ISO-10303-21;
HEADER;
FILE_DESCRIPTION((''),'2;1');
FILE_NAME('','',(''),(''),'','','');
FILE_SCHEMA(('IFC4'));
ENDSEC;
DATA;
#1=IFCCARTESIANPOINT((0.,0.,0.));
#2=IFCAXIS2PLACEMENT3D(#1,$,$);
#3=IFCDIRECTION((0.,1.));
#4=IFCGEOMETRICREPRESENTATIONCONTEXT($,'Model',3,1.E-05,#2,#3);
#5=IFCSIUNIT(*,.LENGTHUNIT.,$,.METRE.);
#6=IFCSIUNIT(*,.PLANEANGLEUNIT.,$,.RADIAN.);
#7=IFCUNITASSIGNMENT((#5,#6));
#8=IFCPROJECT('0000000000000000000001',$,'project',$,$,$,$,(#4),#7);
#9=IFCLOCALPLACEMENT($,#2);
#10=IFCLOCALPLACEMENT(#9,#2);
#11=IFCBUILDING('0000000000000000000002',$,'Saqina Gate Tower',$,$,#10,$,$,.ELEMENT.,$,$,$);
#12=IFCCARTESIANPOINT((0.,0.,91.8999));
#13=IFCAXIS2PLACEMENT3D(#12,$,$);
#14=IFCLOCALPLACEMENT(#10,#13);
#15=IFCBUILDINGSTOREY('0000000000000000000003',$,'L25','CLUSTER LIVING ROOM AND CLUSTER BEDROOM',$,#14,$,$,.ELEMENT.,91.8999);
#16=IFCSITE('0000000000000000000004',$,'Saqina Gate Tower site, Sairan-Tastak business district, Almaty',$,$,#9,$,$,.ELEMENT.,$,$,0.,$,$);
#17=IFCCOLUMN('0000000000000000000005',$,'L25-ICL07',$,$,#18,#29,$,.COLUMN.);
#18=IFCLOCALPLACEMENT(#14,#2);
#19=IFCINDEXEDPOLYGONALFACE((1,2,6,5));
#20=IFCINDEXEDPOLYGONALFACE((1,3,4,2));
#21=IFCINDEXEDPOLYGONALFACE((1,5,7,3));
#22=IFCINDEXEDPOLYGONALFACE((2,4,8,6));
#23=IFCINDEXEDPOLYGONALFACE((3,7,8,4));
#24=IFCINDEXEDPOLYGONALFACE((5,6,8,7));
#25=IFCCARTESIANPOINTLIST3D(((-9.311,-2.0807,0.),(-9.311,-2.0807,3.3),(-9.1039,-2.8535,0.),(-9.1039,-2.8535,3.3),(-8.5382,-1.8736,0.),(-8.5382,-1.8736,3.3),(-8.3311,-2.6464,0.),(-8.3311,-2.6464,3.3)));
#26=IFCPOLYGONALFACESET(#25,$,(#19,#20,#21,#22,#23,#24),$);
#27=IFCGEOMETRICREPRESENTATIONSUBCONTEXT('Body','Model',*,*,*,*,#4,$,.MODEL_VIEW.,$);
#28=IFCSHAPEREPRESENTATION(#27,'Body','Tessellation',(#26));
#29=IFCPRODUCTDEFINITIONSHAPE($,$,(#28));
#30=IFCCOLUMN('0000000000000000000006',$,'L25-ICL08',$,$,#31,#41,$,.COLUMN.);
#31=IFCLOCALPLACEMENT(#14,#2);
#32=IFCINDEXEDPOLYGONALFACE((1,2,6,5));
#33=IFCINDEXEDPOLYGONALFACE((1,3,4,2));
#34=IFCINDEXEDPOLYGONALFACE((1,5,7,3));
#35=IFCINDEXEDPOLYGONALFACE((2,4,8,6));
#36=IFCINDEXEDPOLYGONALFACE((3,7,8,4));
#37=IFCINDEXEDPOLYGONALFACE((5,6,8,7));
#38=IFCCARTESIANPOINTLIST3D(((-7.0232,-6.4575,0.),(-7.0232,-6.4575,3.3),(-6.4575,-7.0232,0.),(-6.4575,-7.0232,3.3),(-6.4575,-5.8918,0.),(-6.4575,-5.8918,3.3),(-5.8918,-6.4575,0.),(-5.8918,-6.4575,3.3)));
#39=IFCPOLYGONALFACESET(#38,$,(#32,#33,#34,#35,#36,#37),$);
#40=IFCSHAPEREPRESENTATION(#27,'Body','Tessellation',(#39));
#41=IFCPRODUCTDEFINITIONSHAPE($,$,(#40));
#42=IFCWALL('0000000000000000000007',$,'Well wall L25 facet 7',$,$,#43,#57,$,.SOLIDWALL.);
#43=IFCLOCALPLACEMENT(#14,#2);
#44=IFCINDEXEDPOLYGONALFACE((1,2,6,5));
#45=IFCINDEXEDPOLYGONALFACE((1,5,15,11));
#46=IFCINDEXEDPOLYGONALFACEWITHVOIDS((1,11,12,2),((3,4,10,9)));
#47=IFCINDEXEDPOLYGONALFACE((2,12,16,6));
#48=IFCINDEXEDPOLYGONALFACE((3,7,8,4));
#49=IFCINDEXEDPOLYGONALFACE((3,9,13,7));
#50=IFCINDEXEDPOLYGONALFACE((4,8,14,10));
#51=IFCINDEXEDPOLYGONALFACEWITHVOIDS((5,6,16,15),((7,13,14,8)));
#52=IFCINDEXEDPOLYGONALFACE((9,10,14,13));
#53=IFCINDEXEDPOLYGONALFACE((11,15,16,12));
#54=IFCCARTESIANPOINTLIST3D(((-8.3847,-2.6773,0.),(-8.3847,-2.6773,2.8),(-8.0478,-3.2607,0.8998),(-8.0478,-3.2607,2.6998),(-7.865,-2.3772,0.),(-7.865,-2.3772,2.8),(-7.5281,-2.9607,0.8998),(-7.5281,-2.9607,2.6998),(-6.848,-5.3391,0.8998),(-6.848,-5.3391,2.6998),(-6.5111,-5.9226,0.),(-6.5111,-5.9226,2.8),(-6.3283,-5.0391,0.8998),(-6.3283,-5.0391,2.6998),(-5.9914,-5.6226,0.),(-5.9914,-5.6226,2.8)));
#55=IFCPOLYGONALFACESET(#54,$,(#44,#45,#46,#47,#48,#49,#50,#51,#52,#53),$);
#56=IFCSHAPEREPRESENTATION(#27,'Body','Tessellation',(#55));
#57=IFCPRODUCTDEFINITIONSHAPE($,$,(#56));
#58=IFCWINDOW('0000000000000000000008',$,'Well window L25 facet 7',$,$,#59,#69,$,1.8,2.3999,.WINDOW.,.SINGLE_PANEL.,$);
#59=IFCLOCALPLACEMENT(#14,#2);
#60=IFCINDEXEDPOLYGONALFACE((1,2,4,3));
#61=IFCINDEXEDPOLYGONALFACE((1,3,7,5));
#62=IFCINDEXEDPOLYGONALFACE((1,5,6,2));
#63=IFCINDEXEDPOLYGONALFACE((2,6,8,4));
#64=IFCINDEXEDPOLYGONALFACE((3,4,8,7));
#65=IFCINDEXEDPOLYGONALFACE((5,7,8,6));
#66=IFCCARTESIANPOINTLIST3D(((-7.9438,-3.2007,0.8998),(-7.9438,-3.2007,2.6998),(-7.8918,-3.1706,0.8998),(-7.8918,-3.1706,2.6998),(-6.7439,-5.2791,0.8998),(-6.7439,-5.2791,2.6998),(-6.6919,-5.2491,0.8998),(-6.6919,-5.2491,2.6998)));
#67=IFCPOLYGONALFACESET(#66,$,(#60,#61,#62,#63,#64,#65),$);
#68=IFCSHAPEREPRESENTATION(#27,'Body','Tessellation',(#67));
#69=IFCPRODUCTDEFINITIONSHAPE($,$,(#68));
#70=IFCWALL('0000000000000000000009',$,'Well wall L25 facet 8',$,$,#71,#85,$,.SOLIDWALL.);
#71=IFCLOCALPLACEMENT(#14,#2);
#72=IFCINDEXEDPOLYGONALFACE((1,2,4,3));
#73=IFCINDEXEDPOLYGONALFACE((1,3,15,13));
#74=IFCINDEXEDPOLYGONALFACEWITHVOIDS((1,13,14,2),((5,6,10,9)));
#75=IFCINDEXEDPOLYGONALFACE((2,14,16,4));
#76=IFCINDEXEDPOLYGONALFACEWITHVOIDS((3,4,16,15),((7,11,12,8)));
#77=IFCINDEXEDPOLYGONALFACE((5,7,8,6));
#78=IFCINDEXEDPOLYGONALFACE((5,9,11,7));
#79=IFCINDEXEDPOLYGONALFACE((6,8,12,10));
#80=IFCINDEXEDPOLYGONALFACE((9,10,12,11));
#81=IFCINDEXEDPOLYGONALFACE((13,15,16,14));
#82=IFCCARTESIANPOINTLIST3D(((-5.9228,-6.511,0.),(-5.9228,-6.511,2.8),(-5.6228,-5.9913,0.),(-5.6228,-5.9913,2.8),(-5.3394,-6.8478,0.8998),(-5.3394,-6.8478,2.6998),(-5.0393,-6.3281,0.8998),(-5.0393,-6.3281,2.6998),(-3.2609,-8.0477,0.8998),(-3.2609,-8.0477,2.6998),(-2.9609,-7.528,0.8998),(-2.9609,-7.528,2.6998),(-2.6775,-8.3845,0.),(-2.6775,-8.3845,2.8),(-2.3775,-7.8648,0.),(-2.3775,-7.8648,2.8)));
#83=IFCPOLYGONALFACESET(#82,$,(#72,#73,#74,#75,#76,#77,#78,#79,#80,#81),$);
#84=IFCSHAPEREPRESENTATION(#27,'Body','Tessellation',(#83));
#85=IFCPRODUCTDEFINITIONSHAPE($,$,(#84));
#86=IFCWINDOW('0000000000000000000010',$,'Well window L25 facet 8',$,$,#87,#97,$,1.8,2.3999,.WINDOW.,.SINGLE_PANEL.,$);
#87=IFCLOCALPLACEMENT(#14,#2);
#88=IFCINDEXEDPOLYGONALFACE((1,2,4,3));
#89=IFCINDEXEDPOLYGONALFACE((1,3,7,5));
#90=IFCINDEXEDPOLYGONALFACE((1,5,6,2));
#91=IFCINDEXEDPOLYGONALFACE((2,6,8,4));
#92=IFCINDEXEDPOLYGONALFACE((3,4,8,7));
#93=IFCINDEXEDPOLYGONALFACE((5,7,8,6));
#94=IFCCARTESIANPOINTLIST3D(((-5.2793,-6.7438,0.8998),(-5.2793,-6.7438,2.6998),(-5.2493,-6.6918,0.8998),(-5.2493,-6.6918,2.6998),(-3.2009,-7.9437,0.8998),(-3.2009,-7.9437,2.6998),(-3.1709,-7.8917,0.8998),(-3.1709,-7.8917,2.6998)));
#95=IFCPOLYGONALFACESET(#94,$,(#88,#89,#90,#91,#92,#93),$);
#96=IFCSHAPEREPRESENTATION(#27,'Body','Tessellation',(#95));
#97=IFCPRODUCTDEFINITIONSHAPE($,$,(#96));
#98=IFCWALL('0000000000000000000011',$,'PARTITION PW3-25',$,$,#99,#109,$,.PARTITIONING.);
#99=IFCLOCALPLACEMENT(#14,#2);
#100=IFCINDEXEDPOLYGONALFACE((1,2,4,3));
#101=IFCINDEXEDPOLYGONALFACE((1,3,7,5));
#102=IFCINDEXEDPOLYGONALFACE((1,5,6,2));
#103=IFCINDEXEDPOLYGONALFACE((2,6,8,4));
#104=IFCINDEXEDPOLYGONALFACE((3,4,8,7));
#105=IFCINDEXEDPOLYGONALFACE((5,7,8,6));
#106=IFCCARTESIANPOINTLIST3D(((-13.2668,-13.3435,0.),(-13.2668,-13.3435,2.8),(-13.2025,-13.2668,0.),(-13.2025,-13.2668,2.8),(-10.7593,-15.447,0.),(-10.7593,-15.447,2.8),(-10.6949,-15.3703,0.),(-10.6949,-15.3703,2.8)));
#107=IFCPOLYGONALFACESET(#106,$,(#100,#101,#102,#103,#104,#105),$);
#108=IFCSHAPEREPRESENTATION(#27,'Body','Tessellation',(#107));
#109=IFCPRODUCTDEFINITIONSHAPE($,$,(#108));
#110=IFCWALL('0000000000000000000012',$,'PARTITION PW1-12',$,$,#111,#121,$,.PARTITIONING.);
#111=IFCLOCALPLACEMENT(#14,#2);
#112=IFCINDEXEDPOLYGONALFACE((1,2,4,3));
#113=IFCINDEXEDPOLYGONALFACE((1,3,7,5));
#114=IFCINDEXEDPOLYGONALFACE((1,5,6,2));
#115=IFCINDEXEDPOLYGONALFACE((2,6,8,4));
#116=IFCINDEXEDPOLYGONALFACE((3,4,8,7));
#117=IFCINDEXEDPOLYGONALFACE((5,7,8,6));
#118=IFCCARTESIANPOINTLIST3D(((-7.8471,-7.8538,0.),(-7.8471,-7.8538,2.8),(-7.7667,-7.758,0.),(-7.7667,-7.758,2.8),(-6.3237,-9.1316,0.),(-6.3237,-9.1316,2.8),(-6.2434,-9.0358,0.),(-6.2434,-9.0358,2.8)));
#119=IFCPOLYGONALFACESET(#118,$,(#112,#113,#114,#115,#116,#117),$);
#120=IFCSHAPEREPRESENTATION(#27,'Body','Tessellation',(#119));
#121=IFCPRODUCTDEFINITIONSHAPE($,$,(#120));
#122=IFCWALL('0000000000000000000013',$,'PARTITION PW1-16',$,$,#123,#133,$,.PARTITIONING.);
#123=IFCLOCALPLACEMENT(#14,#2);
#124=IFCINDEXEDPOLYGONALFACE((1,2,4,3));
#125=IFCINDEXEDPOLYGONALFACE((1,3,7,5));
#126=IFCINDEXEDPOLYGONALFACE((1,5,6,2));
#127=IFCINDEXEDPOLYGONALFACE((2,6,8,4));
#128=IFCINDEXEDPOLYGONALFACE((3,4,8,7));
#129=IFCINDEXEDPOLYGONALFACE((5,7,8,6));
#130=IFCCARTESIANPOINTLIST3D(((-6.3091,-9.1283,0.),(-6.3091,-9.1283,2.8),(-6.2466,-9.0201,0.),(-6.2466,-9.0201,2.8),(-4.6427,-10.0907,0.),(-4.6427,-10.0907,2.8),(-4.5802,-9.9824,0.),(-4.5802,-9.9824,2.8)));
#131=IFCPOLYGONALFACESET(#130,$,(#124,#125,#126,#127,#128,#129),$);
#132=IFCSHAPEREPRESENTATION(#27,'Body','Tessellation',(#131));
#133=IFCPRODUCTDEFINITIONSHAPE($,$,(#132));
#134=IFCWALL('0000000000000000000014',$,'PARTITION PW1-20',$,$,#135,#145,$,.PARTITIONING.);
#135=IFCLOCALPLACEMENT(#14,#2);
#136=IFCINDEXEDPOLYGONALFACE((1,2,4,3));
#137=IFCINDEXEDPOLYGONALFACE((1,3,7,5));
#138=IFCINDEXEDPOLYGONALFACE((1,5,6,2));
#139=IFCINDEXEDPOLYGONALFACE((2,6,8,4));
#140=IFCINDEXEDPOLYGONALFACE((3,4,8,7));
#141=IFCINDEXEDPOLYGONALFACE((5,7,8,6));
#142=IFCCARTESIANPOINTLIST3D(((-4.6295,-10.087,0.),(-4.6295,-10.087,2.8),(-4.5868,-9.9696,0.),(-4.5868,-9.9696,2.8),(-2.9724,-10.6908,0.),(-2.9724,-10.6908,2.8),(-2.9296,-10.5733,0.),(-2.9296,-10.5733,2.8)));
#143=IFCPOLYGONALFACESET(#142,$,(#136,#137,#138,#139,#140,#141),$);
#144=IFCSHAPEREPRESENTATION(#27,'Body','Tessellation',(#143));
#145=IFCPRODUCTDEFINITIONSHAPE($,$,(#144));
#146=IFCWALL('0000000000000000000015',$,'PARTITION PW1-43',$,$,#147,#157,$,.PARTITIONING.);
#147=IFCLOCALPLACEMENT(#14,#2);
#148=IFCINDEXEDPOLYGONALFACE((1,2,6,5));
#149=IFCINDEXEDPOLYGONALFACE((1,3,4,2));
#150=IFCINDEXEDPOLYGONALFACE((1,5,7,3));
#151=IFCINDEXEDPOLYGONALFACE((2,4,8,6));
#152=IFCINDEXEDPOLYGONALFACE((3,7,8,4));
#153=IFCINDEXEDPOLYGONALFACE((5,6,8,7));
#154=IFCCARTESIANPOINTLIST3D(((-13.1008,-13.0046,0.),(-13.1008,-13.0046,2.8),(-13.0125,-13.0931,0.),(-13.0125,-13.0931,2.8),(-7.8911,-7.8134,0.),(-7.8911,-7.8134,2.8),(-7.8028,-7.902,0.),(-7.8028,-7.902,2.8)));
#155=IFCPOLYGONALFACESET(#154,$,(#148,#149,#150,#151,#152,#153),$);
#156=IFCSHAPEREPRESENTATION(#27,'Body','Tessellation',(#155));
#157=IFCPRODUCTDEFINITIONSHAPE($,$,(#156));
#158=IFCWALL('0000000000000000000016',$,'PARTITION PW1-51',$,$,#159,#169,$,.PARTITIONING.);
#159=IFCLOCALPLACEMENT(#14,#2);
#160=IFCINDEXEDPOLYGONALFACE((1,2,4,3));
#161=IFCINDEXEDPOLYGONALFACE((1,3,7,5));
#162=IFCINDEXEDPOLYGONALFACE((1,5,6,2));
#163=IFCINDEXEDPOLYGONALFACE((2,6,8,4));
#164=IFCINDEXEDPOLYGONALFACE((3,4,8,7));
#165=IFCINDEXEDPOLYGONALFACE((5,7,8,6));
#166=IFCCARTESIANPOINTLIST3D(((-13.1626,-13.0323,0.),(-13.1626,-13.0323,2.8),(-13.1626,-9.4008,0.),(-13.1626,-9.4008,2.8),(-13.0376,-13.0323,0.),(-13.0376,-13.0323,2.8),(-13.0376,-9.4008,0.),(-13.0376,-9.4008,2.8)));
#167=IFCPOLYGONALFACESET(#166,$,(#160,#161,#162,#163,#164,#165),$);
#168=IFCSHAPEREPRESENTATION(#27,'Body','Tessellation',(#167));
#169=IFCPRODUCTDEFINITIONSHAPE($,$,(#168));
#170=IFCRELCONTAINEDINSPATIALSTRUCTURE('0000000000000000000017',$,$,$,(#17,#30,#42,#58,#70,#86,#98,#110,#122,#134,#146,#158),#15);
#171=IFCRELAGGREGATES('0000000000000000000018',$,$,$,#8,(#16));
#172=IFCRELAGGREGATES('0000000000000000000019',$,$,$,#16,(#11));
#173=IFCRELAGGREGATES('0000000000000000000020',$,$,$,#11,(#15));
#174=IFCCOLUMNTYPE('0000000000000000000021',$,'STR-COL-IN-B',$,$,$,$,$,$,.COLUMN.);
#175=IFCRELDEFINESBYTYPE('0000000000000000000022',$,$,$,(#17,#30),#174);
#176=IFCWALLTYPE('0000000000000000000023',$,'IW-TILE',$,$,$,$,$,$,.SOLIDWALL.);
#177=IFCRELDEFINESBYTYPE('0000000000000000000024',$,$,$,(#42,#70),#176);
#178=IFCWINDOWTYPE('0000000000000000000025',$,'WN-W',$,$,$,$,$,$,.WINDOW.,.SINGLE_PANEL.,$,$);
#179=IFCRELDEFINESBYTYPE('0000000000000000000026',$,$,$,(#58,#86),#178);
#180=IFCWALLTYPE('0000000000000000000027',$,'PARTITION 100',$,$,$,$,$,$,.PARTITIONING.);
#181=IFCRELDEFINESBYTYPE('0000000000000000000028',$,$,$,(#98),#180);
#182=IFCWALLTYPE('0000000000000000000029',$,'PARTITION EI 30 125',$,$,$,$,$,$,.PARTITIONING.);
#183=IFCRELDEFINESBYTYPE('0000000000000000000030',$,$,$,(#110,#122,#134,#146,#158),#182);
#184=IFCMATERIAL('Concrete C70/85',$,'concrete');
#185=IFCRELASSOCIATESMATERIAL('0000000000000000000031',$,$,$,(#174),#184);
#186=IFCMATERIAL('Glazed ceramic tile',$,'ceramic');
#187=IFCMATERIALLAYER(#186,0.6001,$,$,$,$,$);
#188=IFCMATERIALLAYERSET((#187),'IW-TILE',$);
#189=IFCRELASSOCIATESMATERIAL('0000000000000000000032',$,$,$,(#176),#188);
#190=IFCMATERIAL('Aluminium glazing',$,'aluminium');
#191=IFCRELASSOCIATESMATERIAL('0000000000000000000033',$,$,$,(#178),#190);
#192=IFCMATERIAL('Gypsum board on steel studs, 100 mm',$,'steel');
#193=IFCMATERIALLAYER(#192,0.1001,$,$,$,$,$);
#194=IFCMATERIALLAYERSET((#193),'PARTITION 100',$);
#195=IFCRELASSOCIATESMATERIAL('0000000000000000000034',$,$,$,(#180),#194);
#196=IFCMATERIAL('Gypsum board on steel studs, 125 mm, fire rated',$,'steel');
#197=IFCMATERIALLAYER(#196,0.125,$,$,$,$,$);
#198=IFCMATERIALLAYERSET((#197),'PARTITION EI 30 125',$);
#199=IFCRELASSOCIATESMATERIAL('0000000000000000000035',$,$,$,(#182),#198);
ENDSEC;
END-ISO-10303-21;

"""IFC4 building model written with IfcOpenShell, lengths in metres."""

from ifc_helpers import new_model, si_unit, direction, frame, frame_2d, origin, origin_2d, place, context, subcontext, project, spatial, rectangle, extrude, material, layer, layer_set, material_profile, profile_set, type_object, element, fill, save


model = new_model("IFC4")

# Units and contexts
model_context = context("Model", 3, precision=1e-05, world=origin(), true_north=direction((0.0, 1.0)))
body_context = subcontext(model_context, "Body", "Model", "MODEL_VIEW")
ifc_project = project(units=[si_unit("LENGTHUNIT", "METRE"), si_unit("PLANEANGLEUNIT", "RADIAN")], contexts=[model_context])

# Site, building, storey
site_placement = place(None, origin())
site = spatial("IfcSite", under=ifc_project, at=site_placement, Name="Saqina Gate Tower site, Sairan-Tastak business district, Almaty", CompositionType="ELEMENT", RefElevation=0.0)
building_placement = place(site_placement, origin())
building = spatial("IfcBuilding", under=site, at=building_placement, Name="Saqina Gate Tower", CompositionType="ELEMENT")
storey_placement = place(building_placement, frame((0.0, 0.0, 91.8999)))
storey = spatial("IfcBuildingStorey", under=building, at=storey_placement, Name="L25", Description="CLUSTER LIVING ROOM AND CLUSTER BEDROOM", CompositionType="ELEMENT", Elevation=91.8999)

# Columns
ifc_material_1 = material(Name="Concrete C70/85", Category="concrete")
ifc_material_profile = material_profile(ifc_material_1, rectangle(XDim=0.8, YDim=0.8, at=origin_2d()), Name="RC 800x800")
ifc_profile_set = profile_set([ifc_material_profile], Name="Concrete C70/85")
column_type = type_object("IfcColumnType", Name="STR-COL-IN-B", PredefinedType="COLUMN", material=ifc_profile_set)
for number, where, z_axis, x_axis, name in (
    (1, (-8.821, -2.3635, 0.0), (0.0, 0.0, 1.0), (-0.965926, -0.258819, 0.0), "L25-ICL07"),
    (2, (-6.4575, -6.4575, 0.0), (0.0, 0.0, 1.0), (-0.707107, -0.707107, 0.0), "L25-ICL08"),
):
    element("IfcColumn", number, at=place(storey_placement, frame(where, z_axis=z_axis, x_axis=x_axis)), inside=storey, type_object=column_type, Name=name, PredefinedType="COLUMN", context=body_context, shape_type="SweptSolid", body=[
        extrude(rectangle(XDim=0.8, YDim=0.8, at=origin_2d()), origin(), (0.0, 0.0, 1.0), 3.3),
    ])

# Walls, openings, windows
ifc_material_2 = material(Name="Glazed ceramic tile", Category="ceramic")
ifc_layer_1 = layer(ifc_material_2, 0.6001)
ifc_layer_set_1 = layer_set([ifc_layer_1], Name="IW-TILE")
wall_type_1 = type_object("IfcWallType", Name="IW-TILE", PredefinedType="SOLIDWALL", material=ifc_layer_set_1)
wall_1_placement = place(storey_placement, frame((-8.1248, -2.5273, 0.0), z_axis=(0.0, 0.0, 1.0), x_axis=(0.499965, -0.866046, 0.0)))
wall_1 = element("IfcWall", 3, at=wall_1_placement, inside=storey, type_object=wall_type_1, Name="Well wall L25 facet 7", PredefinedType="SOLIDWALL", context=body_context, shape_type="SweptSolid", body=[
    extrude(rectangle(XDim=3.7473, YDim=0.6001, at=frame_2d((1.8735, 0.0))), origin(), (0.0, 0.0, 1.0), 2.8),
])
opening_1_placement = place(wall_1_placement, frame((0.6736, 0.0, 0.8999)))
opening_1 = element("IfcOpeningElement", 4, at=opening_1_placement, cuts=wall_1, PredefinedType="OPENING", context=body_context, shape_type="SweptSolid", body=[
    extrude(rectangle(XDim=2.3999, YDim=1.8, at=frame_2d((1.2, 0.8999))), frame((0.0, 0.312, 0.0), z_axis=(0.0, -1.0, 0.0), x_axis=(1.0, 0.0, 0.0)), (0.0, 0.0, 1.0), 0.624),
])
ifc_material_3 = material(Name="Aluminium glazing", Category="aluminium")
window_type = type_object("IfcWindowType", Name="WN-W", PartitioningType="SINGLE_PANEL", PredefinedType="WINDOW", material=ifc_material_3)
window_1_placement = place(opening_1_placement, origin())
window_1 = element("IfcWindow", 5, at=window_1_placement, inside=storey, type_object=window_type, Name="Well window L25 facet 7", OverallHeight=1.8, OverallWidth=2.3999, PartitioningType="SINGLE_PANEL", PredefinedType="WINDOW", context=body_context, shape_type="SweptSolid", body=[
    extrude(rectangle(XDim=2.3999, YDim=1.8, at=frame_2d((1.2, 0.8999))), frame((0.0, -0.1199, 0.0), z_axis=(0.0, -1.0, 0.0), x_axis=(1.0, 0.0, 0.0)), (0.0, 0.0, 1.0), 0.0601),
])
fill(opening_1, window_1)
wall_2_placement = place(storey_placement, frame((-5.7727, -6.2512, 0.0), z_axis=(0.0, 0.0, 1.0), x_axis=(0.866046, -0.499965, 0.0)))
wall_2 = element("IfcWall", 6, at=wall_2_placement, inside=storey, type_object=wall_type_1, Name="Well wall L25 facet 8", PredefinedType="SOLIDWALL", context=body_context, shape_type="SweptSolid", body=[
    extrude(rectangle(XDim=3.7473, YDim=0.6001, at=frame_2d((1.8735, 0.0))), origin(), (0.0, 0.0, 1.0), 2.8),
])
opening_2_placement = place(wall_2_placement, frame((0.6736, 0.0, 0.8999)))
opening_2 = element("IfcOpeningElement", 7, at=opening_2_placement, cuts=wall_2, PredefinedType="OPENING", context=body_context, shape_type="SweptSolid", body=[
    extrude(rectangle(XDim=2.3999, YDim=1.8, at=frame_2d((1.2, 0.8999))), frame((0.0, 0.312, 0.0), z_axis=(0.0, -1.0, 0.0), x_axis=(1.0, 0.0, 0.0)), (0.0, 0.0, 1.0), 0.624),
])
window_2_placement = place(opening_2_placement, origin())
window_2 = element("IfcWindow", 8, at=window_2_placement, inside=storey, type_object=window_type, Name="Well window L25 facet 8", OverallHeight=1.8, OverallWidth=2.3999, PartitioningType="SINGLE_PANEL", PredefinedType="WINDOW", context=body_context, shape_type="SweptSolid", body=[
    extrude(rectangle(XDim=2.3999, YDim=1.8, at=frame_2d((1.2, 0.8999))), frame((0.0, -0.1199, 0.0), z_axis=(0.0, -1.0, 0.0), x_axis=(1.0, 0.0, 0.0)), (0.0, 0.0, 1.0), 0.0601),
])
fill(opening_2, window_2)

# Walls
ifc_material_4 = material(Name="Gypsum board on steel studs, 100 mm", Category="steel")
ifc_layer_2 = layer(ifc_material_4, 0.1001)
ifc_layer_set_2 = layer_set([ifc_layer_2], Name="PARTITION 100")
wall_type_2 = type_object("IfcWallType", Name="PARTITION 100", PredefinedType="PARTITIONING", material=ifc_layer_set_2)
wall_3_placement = place(storey_placement, frame((-13.2346, -13.3052, 0.0), z_axis=(0.0, 0.0, 1.0), x_axis=(0.766132, -0.642683, 0.0)))
element("IfcWall", 9, at=wall_3_placement, inside=storey, type_object=wall_type_2, Name="PARTITION PW3-25", PredefinedType="PARTITIONING", context=body_context, shape_type="SweptSolid", body=[
    extrude(rectangle(XDim=3.2729, YDim=0.1001, at=frame_2d((1.6365, 0.0))), origin(), (0.0, 0.0, 1.0), 2.8),
])
ifc_material_5 = material(Name="Gypsum board on steel studs, 125 mm, fire rated", Category="steel")
ifc_layer_3 = layer(ifc_material_5, 0.125)
ifc_layer_set_3 = layer_set([ifc_layer_3], Name="PARTITION EI 30 125")
wall_type_3 = type_object("IfcWallType", Name="PARTITION EI 30 125", PredefinedType="PARTITIONING", material=ifc_layer_set_3)
wall_4_placement = place(storey_placement, frame((-7.8069, -7.8059, 0.0), z_axis=(0.0, 0.0, 1.0), x_axis=(0.766164, -0.642645, 0.0)))
element("IfcWall", 10, at=wall_4_placement, inside=storey, type_object=wall_type_3, Name="PARTITION PW1-12", PredefinedType="PARTITIONING", context=body_context, shape_type="SweptSolid", body=[
    extrude(rectangle(XDim=1.9883, YDim=0.125, at=frame_2d((0.9941, 0.0))), origin(), (0.0, 0.0, 1.0), 2.8),
])
wall_5_placement = place(storey_placement, frame((-6.2778, -9.0742, 0.0), z_axis=(0.0, 0.0, 1.0), x_axis=(0.86597, -0.500096, 0.0)))
element("IfcWall", 11, at=wall_5_placement, inside=storey, type_object=wall_type_3, Name="PARTITION PW1-16", PredefinedType="PARTITIONING", context=body_context, shape_type="SweptSolid", body=[
    extrude(rectangle(XDim=1.9243, YDim=0.125, at=frame_2d((0.9622, 0.0))), origin(), (0.0, 0.0, 1.0), 2.8),
])
wall_6_placement = place(storey_placement, frame((-4.6082, -10.0283, 0.0), z_axis=(0.0, 0.0, 1.0), x_axis=(0.939587, -0.34231, 0.0)))
element("IfcWall", 12, at=wall_6_placement, inside=storey, type_object=wall_type_3, Name="PARTITION PW1-20", PredefinedType="PARTITIONING", context=body_context, shape_type="SweptSolid", body=[
    extrude(rectangle(XDim=1.7637, YDim=0.125, at=frame_2d((0.8818, 0.0))), origin(), (0.0, 0.0, 1.0), 2.8),
])
wall_7_placement = place(storey_placement, frame((-13.0566, -13.0488, 0.0), z_axis=(0.0, 0.0, 1.0), x_axis=(0.708367, 0.705844, 0.0)))
element("IfcWall", 13, at=wall_7_placement, inside=storey, type_object=wall_type_3, Name="PARTITION PW1-43", PredefinedType="PARTITIONING", context=body_context, shape_type="SweptSolid", body=[
    extrude(rectangle(XDim=7.3545, YDim=0.125, at=frame_2d((3.6772, 0.0))), origin(), (0.0, 0.0, 1.0), 2.8),
])
wall_8_placement = place(storey_placement, frame((-13.1001, -13.0325, 0.0), z_axis=(0.0, 0.0, 1.0), x_axis=(0.0, 1.0, 0.0)))
element("IfcWall", 14, at=wall_8_placement, inside=storey, type_object=wall_type_3, Name="PARTITION PW1-51", PredefinedType="PARTITIONING", context=body_context, shape_type="SweptSolid", body=[
    extrude(rectangle(XDim=3.6316, YDim=0.125, at=frame_2d((1.8159, 0.0))), origin(), (0.0, 0.0, 1.0), 2.8),
])

save(model, "model.ifc")
